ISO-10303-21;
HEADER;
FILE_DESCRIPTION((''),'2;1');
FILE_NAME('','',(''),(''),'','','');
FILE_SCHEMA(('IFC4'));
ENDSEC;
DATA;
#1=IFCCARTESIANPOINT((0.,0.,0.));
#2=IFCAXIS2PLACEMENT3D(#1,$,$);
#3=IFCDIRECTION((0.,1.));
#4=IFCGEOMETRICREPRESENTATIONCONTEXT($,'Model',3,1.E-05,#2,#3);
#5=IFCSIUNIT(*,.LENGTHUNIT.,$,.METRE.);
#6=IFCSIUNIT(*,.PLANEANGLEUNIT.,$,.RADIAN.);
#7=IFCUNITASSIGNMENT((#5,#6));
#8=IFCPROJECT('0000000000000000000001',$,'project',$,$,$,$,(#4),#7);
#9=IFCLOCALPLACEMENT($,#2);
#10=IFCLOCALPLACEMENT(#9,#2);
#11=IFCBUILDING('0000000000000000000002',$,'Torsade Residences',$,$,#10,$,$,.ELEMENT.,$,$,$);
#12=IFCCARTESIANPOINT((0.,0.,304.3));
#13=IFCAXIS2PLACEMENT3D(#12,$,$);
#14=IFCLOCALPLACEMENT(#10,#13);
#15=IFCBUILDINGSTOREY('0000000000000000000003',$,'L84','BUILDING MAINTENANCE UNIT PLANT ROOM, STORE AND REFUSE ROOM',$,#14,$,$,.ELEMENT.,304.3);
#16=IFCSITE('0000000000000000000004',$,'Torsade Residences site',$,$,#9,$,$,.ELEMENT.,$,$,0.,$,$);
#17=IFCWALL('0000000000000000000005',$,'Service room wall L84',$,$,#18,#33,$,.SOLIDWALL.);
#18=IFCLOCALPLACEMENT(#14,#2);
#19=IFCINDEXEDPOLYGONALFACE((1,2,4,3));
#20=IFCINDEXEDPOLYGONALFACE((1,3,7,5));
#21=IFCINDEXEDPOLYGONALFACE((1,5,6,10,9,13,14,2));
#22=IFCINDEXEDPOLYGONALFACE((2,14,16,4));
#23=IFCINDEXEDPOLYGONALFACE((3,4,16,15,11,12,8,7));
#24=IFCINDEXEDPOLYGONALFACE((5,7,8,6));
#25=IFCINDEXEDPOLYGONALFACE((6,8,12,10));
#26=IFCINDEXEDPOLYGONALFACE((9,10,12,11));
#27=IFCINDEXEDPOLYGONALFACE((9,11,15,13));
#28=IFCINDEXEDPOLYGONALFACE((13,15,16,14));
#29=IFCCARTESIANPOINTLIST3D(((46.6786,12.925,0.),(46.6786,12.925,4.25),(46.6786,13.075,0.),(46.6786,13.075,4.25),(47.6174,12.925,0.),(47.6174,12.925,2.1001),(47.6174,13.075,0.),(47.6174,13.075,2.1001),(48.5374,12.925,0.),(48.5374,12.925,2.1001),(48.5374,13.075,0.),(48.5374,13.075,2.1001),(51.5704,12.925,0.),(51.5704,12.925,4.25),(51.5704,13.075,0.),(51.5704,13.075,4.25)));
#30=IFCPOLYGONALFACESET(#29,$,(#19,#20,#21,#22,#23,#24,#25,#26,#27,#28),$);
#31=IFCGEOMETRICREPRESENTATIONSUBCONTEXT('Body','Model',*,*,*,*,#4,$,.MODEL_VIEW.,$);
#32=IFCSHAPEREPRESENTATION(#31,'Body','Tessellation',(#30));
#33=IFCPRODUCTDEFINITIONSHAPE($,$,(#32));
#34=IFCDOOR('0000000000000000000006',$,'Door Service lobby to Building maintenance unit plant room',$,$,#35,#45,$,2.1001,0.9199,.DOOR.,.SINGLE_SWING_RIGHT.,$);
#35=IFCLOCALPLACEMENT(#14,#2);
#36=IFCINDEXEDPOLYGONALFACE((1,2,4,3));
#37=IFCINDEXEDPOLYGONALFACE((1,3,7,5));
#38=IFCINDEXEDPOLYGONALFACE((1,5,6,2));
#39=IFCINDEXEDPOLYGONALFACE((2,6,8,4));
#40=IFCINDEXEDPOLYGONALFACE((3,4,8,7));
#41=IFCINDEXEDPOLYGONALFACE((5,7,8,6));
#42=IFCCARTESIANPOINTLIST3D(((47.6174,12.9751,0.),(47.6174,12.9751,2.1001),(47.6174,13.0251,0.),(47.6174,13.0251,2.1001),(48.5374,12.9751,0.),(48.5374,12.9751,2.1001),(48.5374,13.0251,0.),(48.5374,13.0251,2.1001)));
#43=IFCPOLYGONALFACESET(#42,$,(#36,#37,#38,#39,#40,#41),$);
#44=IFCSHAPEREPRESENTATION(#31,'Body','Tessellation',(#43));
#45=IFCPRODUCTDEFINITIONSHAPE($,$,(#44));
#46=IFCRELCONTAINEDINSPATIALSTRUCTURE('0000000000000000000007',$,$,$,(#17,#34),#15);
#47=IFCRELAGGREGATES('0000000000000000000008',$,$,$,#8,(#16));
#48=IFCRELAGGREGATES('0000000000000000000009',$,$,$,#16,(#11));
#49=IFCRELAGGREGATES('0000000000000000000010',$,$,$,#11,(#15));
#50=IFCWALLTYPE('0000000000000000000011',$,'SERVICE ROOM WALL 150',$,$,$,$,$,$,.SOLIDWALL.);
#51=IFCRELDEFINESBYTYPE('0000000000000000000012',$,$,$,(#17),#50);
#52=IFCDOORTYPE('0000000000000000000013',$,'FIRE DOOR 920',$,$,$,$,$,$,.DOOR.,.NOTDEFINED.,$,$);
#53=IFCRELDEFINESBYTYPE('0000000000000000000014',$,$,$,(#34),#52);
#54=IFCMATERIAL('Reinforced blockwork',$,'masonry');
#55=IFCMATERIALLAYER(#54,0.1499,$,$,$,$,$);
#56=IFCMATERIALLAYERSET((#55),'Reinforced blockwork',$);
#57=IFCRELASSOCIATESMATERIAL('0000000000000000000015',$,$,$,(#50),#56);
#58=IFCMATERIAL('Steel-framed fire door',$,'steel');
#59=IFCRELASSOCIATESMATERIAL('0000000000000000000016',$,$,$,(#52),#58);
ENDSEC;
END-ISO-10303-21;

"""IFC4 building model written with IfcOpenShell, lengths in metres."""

from ifc_helpers import new_model, si_unit, direction, frame, frame_2d, origin, place, context, subcontext, project, spatial, rectangle, extrude, material, layer, layer_set, type_object, element, fill, save


model = new_model("IFC4")

# Units and contexts
model_context = context("Model", 3, precision=1e-05, world=origin(), true_north=direction((0.0, 1.0)))
body_context = subcontext(model_context, "Body", "Model", "MODEL_VIEW")
ifc_project = project(units=[si_unit("LENGTHUNIT", "METRE"), si_unit("PLANEANGLEUNIT", "RADIAN")], contexts=[model_context])

# Site, building, storey
site_placement = place(None, origin())
site = spatial("IfcSite", under=ifc_project, at=site_placement, Name="Torsade Residences site", CompositionType="ELEMENT", RefElevation=0.0)
building_placement = place(site_placement, origin())
building = spatial("IfcBuilding", under=site, at=building_placement, Name="Torsade Residences", CompositionType="ELEMENT")
storey_placement = place(building_placement, frame((0.0, 0.0, 304.3)))
storey = spatial("IfcBuildingStorey", under=building, at=storey_placement, Name="L84", Description="BUILDING MAINTENANCE UNIT PLANT ROOM, STORE AND REFUSE ROOM", CompositionType="ELEMENT", Elevation=304.3)

# Wall, opening, door
ifc_material_1 = material(Name="Reinforced blockwork", Category="masonry")
ifc_layer_1 = layer(ifc_material_1, 0.1499)
ifc_layer_set_1 = layer_set([ifc_layer_1], Name="Reinforced blockwork")
wall_type_1 = type_object("IfcWallType", Name="SERVICE ROOM WALL 150", PredefinedType="SOLIDWALL", material=ifc_layer_set_1)
wall_1_placement = place(storey_placement, frame((51.5703, 13.0, 0.0), z_axis=(0.0, 0.0, 1.0), x_axis=(-1.0, 0.0, 0.0)))
wall_1 = element("IfcWall", 1, at=wall_1_placement, inside=storey, type_object=wall_type_1, Name="Service room wall L84", PredefinedType="SOLIDWALL", context=body_context, shape_type="SweptSolid", body=[
    extrude(rectangle(XDim=4.8918, YDim=0.1499, at=frame_2d((2.4458, 0.0))), origin(), (0.0, 0.0, 1.0), 4.25),
])
opening_1_placement = place(wall_1_placement, frame((3.033, 0.0, 0.0)))
opening_1 = element("IfcOpeningElement", 2, at=opening_1_placement, cuts=wall_1, PredefinedType="OPENING", context=body_context, shape_type="SweptSolid", body=[
    extrude(rectangle(XDim=0.9199, YDim=2.1001, at=frame_2d((0.46, 1.05))), frame((0.0, 0.085, 0.0), z_axis=(0.0, -1.0, 0.0), x_axis=(1.0, 0.0, 0.0)), (0.0, 0.0, 1.0), 0.1699),
])
ifc_material_2 = material(Name="Steel-framed fire door", Category="steel")
door_type_1 = type_object("IfcDoorType", Name="FIRE DOOR 920", OperationType="NOTDEFINED", PredefinedType="DOOR", material=ifc_material_2)
door_1_placement = place(opening_1_placement, origin())
door_1 = element("IfcDoor", 3, at=door_1_placement, inside=storey, type_object=door_type_1, Name="Door Service lobby to Building maintenance unit plant room", OperationType="SINGLE_SWING_RIGHT", OverallHeight=2.1001, OverallWidth=0.9199, PredefinedType="DOOR", context=body_context, shape_type="SweptSolid", body=[
    extrude(rectangle(XDim=0.9199, YDim=2.1001, at=frame_2d((0.46, 1.05))), frame((0.0, 0.0249, 0.0), z_axis=(0.0, -1.0, 0.0), x_axis=(1.0, 0.0, 0.0)), (0.0, 0.0, 1.0), 0.05),
])
fill(opening_1, door_1)

save(model, "model.ifc")
